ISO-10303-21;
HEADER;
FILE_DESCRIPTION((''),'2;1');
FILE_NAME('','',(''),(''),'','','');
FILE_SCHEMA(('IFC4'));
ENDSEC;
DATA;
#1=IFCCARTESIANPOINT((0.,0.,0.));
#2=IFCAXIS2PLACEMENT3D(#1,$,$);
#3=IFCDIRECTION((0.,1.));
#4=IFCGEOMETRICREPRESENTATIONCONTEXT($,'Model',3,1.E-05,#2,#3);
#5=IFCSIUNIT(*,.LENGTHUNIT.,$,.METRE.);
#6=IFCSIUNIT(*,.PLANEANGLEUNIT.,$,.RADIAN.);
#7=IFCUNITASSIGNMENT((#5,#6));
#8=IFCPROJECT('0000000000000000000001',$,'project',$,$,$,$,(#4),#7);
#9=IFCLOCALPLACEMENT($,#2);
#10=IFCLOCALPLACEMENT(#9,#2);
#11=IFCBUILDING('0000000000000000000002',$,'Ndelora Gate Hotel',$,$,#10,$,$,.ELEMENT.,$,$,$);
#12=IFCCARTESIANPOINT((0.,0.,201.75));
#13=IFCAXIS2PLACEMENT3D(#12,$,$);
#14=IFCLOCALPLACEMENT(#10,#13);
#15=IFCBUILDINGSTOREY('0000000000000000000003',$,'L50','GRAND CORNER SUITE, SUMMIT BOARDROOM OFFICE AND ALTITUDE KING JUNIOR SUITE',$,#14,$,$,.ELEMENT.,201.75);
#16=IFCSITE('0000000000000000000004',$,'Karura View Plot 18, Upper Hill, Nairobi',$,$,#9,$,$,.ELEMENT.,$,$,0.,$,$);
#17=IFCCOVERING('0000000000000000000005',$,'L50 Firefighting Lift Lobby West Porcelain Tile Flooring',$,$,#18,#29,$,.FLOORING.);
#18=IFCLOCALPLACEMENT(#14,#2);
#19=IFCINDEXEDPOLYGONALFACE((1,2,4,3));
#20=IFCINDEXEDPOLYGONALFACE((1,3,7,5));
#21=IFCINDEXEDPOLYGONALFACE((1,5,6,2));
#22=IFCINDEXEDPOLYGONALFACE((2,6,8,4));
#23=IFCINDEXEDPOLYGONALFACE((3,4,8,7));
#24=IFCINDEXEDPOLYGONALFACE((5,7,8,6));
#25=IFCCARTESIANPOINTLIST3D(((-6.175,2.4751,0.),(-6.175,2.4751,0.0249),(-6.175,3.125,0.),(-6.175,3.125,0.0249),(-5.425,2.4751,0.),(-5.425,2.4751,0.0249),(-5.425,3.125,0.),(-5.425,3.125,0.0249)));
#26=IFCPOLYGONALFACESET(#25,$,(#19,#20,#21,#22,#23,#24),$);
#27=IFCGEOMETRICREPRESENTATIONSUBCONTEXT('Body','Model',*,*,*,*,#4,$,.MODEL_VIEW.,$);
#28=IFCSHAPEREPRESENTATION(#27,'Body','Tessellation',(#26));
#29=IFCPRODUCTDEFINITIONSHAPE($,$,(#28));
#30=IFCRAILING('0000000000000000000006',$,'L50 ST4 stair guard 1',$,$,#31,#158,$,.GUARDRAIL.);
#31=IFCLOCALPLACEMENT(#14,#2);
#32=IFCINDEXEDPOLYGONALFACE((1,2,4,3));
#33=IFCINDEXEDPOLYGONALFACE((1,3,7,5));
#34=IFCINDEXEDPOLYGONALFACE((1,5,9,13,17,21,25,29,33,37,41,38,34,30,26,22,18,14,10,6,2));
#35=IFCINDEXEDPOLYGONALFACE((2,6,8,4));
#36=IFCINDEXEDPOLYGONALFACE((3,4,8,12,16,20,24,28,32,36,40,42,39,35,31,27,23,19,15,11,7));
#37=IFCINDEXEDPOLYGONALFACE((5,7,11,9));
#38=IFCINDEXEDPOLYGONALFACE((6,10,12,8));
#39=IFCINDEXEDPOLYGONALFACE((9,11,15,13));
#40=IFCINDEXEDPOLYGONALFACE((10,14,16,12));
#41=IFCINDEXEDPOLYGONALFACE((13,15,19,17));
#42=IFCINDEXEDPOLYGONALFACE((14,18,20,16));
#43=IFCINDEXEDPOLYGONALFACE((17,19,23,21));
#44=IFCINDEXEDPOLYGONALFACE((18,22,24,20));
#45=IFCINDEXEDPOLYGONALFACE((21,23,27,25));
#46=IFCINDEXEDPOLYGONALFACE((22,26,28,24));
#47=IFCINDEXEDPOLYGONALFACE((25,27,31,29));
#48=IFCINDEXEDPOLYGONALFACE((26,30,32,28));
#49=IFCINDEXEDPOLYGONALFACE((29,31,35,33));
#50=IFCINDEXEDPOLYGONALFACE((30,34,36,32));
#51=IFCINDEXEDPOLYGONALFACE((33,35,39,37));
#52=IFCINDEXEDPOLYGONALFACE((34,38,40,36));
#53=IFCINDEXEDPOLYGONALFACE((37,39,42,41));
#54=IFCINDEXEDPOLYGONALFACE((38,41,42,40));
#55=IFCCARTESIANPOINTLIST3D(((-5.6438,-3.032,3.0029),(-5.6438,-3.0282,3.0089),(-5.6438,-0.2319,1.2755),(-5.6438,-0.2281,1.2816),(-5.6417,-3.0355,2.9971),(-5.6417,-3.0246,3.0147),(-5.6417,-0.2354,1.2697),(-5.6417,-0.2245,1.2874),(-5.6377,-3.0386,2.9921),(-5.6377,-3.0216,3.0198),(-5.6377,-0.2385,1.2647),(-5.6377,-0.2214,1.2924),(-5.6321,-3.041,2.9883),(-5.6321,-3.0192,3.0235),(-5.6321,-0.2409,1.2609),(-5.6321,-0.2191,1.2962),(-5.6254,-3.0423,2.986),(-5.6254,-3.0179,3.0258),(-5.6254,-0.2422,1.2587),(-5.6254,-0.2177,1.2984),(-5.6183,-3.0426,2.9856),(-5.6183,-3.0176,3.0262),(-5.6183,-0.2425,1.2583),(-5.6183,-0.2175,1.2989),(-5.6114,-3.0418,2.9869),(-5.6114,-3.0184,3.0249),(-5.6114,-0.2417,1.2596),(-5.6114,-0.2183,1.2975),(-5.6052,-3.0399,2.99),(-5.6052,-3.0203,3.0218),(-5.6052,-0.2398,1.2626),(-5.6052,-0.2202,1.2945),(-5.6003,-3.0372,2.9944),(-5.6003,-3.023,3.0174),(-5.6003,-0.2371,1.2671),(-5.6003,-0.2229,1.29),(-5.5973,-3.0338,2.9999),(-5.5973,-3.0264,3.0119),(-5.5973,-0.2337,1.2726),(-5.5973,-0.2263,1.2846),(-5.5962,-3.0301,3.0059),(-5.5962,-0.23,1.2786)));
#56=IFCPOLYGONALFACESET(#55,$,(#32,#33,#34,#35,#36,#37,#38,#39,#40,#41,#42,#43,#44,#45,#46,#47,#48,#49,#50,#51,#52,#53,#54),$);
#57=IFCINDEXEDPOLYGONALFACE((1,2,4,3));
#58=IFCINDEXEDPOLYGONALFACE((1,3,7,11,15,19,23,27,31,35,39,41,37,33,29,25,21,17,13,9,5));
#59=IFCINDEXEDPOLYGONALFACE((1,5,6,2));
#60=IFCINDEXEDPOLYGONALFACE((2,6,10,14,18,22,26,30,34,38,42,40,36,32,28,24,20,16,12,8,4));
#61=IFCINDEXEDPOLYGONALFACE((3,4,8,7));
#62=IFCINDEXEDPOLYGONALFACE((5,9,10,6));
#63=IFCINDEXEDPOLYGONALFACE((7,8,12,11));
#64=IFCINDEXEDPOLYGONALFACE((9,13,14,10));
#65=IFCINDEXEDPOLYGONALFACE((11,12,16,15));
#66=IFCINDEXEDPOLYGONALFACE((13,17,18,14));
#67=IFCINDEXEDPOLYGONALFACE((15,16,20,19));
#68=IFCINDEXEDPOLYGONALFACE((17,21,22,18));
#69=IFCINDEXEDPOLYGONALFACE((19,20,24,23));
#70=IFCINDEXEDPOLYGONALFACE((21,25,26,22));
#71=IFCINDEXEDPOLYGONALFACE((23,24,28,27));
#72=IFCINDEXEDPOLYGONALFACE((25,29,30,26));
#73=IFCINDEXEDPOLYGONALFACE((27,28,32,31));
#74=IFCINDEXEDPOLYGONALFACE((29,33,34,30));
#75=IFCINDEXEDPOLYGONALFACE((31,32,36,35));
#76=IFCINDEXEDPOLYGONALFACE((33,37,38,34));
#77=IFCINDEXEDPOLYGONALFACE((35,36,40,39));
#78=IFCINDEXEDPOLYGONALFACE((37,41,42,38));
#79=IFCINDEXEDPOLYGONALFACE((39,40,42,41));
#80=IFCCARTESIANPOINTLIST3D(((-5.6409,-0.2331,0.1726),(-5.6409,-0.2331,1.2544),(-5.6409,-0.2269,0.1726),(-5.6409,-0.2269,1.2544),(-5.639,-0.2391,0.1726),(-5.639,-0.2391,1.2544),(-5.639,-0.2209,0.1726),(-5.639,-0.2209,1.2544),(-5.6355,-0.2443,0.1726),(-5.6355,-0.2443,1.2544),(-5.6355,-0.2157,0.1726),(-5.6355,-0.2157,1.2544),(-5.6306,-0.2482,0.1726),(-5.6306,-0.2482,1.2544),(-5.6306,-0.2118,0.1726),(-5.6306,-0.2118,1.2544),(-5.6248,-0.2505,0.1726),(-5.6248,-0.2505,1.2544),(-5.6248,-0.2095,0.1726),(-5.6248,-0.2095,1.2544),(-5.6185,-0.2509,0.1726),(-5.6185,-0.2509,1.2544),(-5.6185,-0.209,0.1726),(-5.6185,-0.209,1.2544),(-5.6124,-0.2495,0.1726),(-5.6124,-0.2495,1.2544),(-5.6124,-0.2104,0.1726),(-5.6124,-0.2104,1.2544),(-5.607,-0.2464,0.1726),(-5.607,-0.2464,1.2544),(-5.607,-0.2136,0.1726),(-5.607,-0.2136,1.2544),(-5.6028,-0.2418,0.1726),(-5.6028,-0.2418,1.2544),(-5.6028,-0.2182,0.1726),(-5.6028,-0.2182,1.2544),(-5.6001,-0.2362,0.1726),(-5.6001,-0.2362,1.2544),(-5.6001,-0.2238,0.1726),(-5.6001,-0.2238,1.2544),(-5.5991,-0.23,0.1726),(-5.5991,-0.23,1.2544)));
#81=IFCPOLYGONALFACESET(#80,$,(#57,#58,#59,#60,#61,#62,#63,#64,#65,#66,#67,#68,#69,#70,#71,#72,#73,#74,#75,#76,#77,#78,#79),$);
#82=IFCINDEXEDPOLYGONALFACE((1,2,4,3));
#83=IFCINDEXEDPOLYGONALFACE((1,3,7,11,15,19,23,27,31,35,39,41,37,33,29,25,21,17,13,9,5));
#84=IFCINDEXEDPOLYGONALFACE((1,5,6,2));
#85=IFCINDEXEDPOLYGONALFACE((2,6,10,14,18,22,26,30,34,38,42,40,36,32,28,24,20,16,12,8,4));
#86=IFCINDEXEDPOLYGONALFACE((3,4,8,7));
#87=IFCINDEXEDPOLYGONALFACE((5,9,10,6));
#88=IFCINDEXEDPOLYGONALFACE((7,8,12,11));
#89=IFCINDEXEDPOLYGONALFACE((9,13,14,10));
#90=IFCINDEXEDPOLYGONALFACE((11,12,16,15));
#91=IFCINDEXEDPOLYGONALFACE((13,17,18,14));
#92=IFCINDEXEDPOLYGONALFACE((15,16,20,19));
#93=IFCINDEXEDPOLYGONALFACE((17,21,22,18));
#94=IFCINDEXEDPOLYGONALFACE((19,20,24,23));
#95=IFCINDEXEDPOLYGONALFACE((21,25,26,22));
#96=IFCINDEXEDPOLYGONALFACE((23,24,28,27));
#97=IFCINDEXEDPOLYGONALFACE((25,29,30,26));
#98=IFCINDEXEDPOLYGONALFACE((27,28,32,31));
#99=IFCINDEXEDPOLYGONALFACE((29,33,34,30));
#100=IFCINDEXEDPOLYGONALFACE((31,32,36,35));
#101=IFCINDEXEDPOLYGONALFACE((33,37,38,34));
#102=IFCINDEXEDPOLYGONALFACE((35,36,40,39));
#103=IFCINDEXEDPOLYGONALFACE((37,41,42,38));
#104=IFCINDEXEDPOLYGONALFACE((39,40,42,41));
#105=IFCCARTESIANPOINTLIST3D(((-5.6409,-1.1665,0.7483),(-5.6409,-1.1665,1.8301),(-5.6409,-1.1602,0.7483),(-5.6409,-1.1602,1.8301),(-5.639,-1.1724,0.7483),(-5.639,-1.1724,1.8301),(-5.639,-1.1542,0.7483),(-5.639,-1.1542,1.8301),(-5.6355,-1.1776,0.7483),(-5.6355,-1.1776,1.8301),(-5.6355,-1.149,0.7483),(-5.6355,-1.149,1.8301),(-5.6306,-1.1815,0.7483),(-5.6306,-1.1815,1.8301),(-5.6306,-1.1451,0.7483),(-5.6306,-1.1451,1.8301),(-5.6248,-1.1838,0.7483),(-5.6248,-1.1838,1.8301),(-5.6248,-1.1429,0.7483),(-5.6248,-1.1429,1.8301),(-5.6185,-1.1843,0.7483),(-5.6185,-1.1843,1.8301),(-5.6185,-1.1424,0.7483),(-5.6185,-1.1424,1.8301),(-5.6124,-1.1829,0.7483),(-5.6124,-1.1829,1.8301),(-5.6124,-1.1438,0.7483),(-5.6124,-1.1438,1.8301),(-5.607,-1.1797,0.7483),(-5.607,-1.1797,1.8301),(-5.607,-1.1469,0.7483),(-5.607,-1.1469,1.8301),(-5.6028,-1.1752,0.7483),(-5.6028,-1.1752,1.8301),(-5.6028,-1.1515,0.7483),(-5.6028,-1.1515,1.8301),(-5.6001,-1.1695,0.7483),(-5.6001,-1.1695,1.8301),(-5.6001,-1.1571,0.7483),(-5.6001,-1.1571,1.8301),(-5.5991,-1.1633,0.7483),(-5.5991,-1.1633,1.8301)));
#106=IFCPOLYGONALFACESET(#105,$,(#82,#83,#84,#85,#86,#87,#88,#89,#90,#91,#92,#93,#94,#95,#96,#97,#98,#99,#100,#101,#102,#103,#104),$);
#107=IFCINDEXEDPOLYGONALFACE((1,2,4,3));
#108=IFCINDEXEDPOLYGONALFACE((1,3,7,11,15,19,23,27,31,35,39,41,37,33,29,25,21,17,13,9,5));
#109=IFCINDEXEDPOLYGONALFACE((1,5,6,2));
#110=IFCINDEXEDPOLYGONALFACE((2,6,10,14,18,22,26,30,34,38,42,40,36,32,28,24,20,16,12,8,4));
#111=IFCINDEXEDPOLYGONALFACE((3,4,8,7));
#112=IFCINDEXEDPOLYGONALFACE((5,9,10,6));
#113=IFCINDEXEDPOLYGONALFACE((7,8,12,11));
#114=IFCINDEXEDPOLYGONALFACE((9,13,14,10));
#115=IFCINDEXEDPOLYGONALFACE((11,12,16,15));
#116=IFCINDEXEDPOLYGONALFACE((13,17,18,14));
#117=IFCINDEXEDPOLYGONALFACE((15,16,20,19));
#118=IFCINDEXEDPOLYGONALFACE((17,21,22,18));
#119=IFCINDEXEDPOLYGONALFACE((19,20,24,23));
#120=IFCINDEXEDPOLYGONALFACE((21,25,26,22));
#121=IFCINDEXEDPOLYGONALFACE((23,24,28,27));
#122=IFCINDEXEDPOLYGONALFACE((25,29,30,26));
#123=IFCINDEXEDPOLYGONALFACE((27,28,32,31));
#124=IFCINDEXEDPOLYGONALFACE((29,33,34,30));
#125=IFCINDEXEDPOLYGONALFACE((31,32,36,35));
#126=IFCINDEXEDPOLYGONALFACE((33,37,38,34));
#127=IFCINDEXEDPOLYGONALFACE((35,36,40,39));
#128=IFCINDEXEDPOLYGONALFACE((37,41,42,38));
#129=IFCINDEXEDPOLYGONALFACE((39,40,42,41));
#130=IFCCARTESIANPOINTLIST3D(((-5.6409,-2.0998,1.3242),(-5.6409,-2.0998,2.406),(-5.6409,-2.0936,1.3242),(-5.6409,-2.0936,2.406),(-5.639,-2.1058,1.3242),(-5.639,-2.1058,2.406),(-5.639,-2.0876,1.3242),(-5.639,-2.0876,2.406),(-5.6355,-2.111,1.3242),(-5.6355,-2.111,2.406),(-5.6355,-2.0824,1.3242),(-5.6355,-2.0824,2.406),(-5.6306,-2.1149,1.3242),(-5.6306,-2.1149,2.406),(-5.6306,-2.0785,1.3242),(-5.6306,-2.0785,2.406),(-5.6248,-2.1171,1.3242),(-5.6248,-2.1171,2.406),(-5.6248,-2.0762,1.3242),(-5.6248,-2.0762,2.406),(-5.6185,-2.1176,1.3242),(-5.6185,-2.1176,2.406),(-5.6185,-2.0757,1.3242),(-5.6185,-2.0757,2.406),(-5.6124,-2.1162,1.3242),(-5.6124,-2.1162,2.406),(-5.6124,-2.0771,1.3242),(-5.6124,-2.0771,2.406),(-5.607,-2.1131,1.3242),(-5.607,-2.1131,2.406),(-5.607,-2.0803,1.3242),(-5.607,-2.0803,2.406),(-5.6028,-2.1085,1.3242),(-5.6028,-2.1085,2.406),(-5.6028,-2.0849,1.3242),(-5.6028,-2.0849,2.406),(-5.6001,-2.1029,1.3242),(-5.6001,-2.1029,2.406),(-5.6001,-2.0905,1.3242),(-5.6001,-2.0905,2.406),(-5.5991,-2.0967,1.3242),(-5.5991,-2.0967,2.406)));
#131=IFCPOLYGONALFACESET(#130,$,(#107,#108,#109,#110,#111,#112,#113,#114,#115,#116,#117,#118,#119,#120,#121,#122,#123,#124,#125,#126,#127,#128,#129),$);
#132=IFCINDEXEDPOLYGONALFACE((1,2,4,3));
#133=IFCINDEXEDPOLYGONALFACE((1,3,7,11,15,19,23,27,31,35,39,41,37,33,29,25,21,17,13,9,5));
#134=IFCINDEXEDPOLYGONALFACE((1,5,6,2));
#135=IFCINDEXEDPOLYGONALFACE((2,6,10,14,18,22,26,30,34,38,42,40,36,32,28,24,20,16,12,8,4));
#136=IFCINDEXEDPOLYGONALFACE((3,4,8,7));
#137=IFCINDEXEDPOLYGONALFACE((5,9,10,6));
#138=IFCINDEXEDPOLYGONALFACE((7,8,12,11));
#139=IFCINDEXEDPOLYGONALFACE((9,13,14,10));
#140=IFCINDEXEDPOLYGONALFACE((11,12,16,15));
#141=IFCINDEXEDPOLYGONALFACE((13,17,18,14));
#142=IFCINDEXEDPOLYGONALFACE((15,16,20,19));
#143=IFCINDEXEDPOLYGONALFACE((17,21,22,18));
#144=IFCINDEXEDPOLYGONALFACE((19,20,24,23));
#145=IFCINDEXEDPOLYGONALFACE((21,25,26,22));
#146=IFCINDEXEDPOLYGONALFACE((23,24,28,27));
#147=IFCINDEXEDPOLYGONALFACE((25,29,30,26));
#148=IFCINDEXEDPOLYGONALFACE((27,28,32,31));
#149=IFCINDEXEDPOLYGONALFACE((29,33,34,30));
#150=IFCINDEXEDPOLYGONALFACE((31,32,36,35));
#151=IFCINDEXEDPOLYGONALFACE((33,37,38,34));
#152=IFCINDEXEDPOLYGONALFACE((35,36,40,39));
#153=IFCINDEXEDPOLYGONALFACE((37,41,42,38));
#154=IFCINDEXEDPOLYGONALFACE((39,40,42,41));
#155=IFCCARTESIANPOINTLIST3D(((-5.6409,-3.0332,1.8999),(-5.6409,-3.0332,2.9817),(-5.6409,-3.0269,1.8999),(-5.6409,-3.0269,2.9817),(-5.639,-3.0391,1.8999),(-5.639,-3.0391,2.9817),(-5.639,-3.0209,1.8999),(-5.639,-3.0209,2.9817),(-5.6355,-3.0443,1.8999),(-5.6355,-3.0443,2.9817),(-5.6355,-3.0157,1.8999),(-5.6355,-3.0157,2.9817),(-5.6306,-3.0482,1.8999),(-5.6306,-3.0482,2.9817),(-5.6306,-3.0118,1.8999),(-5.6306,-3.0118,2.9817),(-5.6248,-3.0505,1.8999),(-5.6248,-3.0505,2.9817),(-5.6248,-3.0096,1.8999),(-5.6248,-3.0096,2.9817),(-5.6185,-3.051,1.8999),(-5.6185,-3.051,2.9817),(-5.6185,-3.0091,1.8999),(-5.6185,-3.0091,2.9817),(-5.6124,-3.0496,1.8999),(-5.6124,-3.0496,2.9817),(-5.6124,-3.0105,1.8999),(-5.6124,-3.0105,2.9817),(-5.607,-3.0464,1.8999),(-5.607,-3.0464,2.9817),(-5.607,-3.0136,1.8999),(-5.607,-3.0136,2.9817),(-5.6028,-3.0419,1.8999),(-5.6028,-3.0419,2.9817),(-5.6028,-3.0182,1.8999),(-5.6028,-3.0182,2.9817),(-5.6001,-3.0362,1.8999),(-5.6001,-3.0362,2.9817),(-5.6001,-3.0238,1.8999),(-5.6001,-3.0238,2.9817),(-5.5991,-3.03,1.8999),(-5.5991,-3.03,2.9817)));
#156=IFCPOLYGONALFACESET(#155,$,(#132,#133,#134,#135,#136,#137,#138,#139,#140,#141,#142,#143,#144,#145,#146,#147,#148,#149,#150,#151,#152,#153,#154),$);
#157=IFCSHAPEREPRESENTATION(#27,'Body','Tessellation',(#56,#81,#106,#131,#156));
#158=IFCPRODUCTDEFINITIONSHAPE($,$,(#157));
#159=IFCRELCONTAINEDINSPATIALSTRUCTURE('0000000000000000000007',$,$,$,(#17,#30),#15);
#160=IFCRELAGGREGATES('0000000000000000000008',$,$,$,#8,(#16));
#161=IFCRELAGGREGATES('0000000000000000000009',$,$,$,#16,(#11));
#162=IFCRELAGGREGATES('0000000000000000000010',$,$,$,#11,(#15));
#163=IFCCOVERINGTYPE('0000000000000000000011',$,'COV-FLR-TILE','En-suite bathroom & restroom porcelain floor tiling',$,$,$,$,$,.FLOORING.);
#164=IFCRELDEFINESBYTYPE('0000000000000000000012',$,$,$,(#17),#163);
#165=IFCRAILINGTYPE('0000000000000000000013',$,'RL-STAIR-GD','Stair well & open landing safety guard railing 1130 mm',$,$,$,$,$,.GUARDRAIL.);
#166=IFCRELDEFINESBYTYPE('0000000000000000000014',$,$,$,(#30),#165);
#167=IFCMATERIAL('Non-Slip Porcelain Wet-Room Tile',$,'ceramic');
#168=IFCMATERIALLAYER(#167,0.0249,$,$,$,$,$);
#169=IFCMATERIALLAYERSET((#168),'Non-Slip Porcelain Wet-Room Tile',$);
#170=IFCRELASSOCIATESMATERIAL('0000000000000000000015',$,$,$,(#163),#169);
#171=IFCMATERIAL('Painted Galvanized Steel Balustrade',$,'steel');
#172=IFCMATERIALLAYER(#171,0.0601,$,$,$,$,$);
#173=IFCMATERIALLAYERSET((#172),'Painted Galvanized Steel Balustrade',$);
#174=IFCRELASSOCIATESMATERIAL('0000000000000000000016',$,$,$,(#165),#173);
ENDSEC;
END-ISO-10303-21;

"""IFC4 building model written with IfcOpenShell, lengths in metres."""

from ifc_helpers import new_model, si_unit, direction, frame, origin, origin_2d, place, context, subcontext, project, spatial, rectangle, circle, extrude, material, layer, layer_set, type_object, element, save


model = new_model("IFC4")

# Units and contexts
model_context = context("Model", 3, precision=1e-05, world=origin(), true_north=direction((0.0, 1.0)))
body_context = subcontext(model_context, "Body", "Model", "MODEL_VIEW")
ifc_project = project(units=[si_unit("LENGTHUNIT", "METRE"), si_unit("PLANEANGLEUNIT", "RADIAN")], contexts=[model_context])

# Site, building, storey
site_placement = place(None, origin())
site = spatial("IfcSite", under=ifc_project, at=site_placement, Name="Karura View Plot 18, Upper Hill, Nairobi", CompositionType="ELEMENT", RefElevation=0.0)
building_placement = place(site_placement, origin())
building = spatial("IfcBuilding", under=site, at=building_placement, Name="Ndelora Gate Hotel", CompositionType="ELEMENT")
storey_placement = place(building_placement, frame((0.0, 0.0, 201.75)))
storey = spatial("IfcBuildingStorey", under=building, at=storey_placement, Name="L50", Description="GRAND CORNER SUITE, SUMMIT BOARDROOM OFFICE AND ALTITUDE KING JUNIOR SUITE", CompositionType="ELEMENT", Elevation=201.75)

# Covering
ifc_material_1 = material(Name="Non-Slip Porcelain Wet-Room Tile", Category="ceramic")
ifc_layer_1 = layer(ifc_material_1, 0.0249)
ifc_layer_set_1 = layer_set([ifc_layer_1], Name="Non-Slip Porcelain Wet-Room Tile")
covering_type_1 = type_object("IfcCoveringType", Name="COV-FLR-TILE", Description="En-suite bathroom & restroom porcelain floor tiling", PredefinedType="FLOORING", material=ifc_layer_set_1)
covering_1_placement = place(storey_placement, frame((-5.8, 2.8, 0.0), z_axis=(0.0, 0.0, 1.0), x_axis=(1.0, 0.0, 0.0)))
element("IfcCovering", 1, at=covering_1_placement, inside=storey, type_object=covering_type_1, Name="L50 Firefighting Lift Lobby West Porcelain Tile Flooring", PredefinedType="FLOORING", context=body_context, shape_type="SweptSolid", body=[
    extrude(rectangle(XDim=0.75, YDim=0.6499, at=origin_2d()), origin(), (0.0, 0.0, 1.0), 0.0249),
])

# Railing
ifc_material_2 = material(Name="Painted Galvanized Steel Balustrade", Category="steel")
ifc_layer_2 = layer(ifc_material_2, 0.0601)
ifc_layer_set_2 = layer_set([ifc_layer_2], Name="Painted Galvanized Steel Balustrade")
railing_type_1 = type_object("IfcRailingType", Name="RL-STAIR-GD", Description="Stair well & open landing safety guard railing 1130 mm", PredefinedType="GUARDRAIL", material=ifc_layer_set_2)
railing_1_placement = place(storey_placement, frame((-5.6201, -0.23, 0.1726)))
element("IfcRailing", 2, at=railing_1_placement, inside=storey, type_object=railing_type_1, Name="L50 ST4 stair guard 1", PredefinedType="GUARDRAIL", context=body_context, shape_type="SweptSolid", body=[
    extrude(circle(Radius=0.0239, at=origin_2d()), frame((0.0, 0.0, 1.106), z_axis=(0.0, -0.85109, 0.52502), x_axis=(1.0, 0.0, 0.0)), (0.0, 0.0, 1.0), 3.29),
    extrude(circle(Radius=0.021, at=origin_2d()), origin(), (0.0, 0.0, 1.0), 1.0818),
    extrude(circle(Radius=0.021, at=origin_2d()), frame((0.0, -0.9333, 0.5757)), (0.0, 0.0, 1.0), 1.0818),
    extrude(circle(Radius=0.021, at=origin_2d()), frame((0.0, -1.8667, 1.1516)), (0.0, 0.0, 1.0), 1.0818),
    extrude(circle(Radius=0.021, at=origin_2d()), frame((0.0, -2.8, 1.7273)), (0.0, 0.0, 1.0), 1.0818),
])

save(model, "model.ifc")
